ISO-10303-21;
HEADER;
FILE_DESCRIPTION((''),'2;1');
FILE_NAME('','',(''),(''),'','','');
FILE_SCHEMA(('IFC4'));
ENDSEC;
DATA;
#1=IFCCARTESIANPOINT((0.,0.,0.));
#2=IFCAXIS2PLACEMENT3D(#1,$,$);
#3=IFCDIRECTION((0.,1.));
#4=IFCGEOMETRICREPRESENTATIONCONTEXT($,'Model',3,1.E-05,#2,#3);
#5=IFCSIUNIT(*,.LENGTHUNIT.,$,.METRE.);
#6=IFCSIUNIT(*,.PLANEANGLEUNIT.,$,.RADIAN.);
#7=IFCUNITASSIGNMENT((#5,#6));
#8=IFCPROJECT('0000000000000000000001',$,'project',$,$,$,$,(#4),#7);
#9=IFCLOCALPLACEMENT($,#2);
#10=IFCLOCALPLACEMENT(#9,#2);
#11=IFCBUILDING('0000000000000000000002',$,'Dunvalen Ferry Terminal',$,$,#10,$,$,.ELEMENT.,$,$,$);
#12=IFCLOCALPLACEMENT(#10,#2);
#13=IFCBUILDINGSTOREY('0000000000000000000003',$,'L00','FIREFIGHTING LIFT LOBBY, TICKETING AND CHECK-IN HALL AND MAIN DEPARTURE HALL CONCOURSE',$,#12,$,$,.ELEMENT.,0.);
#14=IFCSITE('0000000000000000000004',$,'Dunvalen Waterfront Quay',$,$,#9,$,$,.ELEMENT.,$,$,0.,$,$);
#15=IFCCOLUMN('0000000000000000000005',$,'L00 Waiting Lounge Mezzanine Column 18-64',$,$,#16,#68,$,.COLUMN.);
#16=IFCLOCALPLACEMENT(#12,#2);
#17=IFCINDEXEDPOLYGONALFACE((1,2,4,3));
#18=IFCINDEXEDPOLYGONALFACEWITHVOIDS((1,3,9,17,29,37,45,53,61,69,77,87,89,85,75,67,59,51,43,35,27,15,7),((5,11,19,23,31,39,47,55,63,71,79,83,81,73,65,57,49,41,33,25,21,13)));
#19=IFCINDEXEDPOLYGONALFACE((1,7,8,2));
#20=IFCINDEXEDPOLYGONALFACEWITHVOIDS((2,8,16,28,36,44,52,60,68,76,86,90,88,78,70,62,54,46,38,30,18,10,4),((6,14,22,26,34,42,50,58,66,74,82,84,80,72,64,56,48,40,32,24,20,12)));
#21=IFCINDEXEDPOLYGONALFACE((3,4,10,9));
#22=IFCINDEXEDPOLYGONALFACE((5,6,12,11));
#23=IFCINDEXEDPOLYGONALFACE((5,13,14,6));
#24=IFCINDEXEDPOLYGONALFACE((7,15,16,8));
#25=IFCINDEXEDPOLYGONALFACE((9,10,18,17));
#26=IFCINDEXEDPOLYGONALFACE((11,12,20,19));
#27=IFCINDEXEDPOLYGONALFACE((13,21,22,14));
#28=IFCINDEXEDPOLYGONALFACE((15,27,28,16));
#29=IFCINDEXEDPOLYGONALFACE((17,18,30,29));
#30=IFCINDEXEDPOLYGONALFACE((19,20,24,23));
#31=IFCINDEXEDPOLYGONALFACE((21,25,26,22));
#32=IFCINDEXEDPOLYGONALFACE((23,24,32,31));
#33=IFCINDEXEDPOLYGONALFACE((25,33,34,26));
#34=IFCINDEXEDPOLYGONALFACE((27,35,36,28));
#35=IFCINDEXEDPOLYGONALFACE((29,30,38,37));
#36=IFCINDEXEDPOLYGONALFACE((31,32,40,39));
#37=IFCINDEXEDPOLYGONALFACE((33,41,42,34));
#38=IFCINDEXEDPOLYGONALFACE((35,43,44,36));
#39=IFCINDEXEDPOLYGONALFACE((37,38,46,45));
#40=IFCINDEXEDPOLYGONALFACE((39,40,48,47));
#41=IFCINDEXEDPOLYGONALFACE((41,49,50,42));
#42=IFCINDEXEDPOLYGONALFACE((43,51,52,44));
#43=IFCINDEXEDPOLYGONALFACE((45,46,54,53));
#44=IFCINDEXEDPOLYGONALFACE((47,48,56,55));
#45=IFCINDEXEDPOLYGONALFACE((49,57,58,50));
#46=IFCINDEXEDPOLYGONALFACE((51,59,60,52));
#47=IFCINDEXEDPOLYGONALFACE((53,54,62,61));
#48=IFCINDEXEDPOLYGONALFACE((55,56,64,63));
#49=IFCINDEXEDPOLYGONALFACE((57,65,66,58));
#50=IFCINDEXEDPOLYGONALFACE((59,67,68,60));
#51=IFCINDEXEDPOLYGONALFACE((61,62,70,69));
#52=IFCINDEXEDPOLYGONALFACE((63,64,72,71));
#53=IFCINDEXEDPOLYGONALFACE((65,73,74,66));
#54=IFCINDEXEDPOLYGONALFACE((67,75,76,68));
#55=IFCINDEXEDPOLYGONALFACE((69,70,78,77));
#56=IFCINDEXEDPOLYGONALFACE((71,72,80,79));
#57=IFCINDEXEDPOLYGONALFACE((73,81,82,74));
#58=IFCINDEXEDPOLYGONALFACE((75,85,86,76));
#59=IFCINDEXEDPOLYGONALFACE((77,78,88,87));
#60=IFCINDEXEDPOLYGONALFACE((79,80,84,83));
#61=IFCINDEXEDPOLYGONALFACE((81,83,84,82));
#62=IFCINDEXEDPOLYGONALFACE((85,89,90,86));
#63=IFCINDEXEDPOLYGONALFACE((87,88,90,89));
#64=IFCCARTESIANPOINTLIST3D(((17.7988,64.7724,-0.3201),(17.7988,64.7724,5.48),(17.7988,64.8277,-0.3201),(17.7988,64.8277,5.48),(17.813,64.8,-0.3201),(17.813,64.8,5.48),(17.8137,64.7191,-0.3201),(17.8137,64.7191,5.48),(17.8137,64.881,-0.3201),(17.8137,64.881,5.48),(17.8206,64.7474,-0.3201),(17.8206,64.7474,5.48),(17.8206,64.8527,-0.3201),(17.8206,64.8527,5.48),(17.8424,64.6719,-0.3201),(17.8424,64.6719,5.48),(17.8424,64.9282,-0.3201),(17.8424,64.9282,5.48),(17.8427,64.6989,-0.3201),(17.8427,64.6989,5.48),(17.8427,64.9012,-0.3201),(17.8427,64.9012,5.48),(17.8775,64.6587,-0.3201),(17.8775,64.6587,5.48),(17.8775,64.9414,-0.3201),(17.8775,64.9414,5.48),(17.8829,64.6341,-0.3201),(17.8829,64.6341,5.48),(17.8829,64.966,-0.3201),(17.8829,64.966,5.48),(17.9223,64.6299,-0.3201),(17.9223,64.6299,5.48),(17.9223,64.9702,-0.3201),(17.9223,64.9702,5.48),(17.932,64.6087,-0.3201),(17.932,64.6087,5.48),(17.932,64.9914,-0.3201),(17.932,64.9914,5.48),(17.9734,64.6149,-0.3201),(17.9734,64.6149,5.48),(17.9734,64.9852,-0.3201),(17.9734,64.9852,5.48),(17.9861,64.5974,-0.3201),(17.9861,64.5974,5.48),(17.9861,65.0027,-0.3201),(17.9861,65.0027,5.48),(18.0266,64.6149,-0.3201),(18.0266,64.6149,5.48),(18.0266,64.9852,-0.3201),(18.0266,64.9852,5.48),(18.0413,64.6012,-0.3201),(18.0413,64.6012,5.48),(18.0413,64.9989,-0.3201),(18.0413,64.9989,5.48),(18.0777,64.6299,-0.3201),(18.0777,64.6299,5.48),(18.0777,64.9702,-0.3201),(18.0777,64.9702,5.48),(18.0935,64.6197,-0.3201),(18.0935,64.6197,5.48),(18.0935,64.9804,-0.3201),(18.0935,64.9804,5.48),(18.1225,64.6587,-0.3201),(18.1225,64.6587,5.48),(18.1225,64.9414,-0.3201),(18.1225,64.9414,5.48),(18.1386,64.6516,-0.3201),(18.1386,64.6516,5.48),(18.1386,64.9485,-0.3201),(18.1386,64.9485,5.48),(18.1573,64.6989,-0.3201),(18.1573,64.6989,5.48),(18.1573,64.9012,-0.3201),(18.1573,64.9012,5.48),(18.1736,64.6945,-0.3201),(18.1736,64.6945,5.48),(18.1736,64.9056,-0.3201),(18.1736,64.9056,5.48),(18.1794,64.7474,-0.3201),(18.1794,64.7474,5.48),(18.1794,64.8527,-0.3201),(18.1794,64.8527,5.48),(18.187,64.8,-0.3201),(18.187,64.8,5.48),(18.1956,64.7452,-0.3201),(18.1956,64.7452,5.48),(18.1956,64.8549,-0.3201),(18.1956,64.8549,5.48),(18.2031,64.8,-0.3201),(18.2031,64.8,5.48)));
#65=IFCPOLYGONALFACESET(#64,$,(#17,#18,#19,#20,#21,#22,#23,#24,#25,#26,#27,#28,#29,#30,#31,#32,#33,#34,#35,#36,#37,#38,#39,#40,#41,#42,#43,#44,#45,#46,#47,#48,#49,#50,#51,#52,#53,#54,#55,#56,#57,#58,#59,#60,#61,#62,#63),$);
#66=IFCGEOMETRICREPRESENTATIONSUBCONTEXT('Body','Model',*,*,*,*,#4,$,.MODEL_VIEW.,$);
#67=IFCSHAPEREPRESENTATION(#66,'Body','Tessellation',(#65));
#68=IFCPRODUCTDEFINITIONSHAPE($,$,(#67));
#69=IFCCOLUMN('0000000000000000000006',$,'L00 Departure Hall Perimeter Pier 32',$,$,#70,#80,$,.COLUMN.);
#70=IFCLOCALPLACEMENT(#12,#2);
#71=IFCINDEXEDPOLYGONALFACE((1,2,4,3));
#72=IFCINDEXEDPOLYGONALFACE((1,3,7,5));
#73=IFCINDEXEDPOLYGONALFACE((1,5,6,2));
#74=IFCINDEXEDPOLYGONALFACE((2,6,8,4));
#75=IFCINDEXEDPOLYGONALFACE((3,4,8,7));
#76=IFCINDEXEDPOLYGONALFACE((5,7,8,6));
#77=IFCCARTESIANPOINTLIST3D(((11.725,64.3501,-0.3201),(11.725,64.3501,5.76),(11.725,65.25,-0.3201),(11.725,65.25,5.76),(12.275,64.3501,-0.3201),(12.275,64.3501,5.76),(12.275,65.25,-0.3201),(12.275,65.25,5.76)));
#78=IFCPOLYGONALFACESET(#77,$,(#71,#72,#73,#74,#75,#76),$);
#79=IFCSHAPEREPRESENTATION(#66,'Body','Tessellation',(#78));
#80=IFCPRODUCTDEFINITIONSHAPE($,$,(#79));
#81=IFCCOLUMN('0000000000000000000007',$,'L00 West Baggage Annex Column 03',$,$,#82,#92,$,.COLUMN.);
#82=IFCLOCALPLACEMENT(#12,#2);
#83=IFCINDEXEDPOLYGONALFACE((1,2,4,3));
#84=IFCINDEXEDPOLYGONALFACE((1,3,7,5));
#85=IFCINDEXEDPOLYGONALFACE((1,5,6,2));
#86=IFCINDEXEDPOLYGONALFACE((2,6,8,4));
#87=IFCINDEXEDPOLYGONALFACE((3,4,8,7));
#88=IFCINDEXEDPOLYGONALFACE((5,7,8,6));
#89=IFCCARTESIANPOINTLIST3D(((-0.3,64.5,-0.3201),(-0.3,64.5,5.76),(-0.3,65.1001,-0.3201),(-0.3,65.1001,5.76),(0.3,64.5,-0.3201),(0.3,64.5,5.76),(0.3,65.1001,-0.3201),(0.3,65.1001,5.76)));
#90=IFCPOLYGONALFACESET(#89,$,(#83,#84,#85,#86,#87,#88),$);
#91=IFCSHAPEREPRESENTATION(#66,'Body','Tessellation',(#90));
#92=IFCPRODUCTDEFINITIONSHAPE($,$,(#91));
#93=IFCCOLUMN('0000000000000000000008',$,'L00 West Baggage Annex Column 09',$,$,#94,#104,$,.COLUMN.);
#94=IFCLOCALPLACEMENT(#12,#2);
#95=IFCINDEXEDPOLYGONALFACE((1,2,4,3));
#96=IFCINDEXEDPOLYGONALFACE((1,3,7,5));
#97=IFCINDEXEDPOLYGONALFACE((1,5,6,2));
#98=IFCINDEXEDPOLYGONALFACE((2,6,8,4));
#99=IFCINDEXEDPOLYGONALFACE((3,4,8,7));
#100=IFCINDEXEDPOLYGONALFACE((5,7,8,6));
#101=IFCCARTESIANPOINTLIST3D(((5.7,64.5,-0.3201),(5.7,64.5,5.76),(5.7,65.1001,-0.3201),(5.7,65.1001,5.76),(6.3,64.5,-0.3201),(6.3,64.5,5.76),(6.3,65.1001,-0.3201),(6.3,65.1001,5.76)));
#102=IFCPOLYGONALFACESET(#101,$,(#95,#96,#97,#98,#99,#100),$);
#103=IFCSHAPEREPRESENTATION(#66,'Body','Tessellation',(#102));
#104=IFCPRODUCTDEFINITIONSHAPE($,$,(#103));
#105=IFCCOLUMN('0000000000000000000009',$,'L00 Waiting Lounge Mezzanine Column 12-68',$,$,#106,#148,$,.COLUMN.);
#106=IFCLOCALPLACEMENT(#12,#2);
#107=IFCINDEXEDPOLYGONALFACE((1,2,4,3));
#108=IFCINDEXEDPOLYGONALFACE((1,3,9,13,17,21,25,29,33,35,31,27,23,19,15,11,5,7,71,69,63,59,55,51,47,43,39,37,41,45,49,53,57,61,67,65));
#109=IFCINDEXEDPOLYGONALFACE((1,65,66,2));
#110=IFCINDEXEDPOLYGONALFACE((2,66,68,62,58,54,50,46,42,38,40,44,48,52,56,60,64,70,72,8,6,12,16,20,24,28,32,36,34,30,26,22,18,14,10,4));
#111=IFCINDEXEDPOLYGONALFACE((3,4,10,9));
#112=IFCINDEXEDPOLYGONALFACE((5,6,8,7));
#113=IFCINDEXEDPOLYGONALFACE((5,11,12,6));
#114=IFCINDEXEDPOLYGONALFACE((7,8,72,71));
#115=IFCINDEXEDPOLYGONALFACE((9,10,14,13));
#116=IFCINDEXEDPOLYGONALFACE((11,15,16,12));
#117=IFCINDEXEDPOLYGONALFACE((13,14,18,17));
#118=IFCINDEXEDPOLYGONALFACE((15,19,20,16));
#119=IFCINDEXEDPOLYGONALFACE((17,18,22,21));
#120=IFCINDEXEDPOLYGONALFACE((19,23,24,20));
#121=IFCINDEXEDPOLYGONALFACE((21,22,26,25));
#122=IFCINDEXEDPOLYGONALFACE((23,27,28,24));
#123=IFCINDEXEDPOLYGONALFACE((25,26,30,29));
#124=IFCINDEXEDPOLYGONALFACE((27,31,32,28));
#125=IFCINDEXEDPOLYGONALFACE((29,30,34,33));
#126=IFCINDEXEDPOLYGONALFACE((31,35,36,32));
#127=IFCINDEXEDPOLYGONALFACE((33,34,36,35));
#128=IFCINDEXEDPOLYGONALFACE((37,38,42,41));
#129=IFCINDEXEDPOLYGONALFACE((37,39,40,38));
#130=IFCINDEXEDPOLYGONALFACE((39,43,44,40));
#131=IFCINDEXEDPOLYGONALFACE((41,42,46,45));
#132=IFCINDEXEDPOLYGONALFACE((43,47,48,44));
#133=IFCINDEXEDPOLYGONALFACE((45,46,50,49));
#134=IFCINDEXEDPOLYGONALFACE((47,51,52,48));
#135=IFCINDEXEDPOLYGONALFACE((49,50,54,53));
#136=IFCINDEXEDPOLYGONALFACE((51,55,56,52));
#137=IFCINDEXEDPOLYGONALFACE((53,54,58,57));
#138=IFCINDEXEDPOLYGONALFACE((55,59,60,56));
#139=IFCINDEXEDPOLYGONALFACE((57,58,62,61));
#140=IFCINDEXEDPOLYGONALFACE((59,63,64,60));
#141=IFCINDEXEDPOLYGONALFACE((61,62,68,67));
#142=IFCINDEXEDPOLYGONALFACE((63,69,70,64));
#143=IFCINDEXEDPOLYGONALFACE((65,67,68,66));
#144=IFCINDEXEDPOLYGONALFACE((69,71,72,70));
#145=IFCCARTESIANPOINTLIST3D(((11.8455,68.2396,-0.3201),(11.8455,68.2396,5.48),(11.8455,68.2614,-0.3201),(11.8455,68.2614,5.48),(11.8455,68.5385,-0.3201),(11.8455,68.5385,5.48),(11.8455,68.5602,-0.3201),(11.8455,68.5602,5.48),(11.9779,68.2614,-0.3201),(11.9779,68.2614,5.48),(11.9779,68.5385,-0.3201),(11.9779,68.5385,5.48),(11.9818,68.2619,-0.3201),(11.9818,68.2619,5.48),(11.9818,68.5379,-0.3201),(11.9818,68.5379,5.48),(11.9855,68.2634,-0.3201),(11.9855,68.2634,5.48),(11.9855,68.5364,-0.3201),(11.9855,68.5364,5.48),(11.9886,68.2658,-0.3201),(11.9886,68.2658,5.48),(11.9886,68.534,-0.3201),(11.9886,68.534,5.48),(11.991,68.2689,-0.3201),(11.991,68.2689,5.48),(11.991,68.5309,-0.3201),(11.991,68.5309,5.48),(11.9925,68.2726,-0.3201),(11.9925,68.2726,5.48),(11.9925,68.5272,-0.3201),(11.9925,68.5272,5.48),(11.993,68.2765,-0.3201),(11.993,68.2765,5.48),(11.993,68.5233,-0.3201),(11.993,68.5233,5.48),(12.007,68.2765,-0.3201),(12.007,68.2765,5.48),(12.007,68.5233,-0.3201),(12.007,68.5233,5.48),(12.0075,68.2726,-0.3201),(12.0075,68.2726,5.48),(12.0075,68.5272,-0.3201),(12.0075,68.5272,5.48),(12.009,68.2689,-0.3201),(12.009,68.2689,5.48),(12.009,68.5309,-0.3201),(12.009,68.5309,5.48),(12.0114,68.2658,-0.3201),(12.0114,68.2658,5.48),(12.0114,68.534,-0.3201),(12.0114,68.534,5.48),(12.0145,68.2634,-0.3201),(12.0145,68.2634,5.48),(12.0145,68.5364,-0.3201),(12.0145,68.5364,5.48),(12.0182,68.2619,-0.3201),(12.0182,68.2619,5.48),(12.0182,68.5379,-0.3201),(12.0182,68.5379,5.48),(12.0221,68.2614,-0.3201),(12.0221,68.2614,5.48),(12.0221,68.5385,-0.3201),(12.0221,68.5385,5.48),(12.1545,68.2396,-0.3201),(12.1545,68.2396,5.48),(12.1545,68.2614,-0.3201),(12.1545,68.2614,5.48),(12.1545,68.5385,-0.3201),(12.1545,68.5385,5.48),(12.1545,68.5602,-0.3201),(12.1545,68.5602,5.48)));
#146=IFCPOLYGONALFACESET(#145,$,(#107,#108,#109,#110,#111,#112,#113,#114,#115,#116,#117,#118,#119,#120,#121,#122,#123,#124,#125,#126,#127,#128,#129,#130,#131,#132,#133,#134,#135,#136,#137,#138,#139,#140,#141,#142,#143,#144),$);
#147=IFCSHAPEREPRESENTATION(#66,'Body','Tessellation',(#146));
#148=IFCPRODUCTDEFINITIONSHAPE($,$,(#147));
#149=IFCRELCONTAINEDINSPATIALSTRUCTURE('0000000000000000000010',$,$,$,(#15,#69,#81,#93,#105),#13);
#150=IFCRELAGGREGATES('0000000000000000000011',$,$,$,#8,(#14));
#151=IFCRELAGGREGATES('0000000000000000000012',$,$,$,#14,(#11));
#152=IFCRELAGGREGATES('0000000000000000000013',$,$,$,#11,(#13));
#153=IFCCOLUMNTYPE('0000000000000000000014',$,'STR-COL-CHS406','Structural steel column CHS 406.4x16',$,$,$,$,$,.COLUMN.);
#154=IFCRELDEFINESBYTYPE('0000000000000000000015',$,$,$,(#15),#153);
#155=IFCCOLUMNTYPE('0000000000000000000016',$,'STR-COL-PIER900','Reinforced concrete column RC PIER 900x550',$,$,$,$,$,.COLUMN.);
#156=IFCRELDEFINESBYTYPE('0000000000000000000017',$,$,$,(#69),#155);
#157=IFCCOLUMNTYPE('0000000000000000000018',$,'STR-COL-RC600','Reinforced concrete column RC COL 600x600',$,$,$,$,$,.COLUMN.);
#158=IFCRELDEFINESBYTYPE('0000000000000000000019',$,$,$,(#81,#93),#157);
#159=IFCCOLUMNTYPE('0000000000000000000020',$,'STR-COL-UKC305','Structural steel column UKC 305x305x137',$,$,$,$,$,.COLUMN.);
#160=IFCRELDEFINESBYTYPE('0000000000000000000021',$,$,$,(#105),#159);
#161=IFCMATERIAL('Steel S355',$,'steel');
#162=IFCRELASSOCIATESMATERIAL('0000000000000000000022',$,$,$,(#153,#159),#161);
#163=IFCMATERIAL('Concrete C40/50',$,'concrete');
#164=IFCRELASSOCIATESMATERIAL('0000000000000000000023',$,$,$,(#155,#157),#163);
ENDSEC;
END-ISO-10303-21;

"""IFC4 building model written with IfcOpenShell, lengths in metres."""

from ifc_helpers import new_model, si_unit, direction, frame, origin, origin_2d, place, context, subcontext, project, spatial, rectangle, hollow_circle, i_section, extrude, material, material_profile, profile_set, type_object, element, save


model = new_model("IFC4")

# Units and contexts
model_context = context("Model", 3, precision=1e-05, world=origin(), true_north=direction((0.0, 1.0)))
body_context = subcontext(model_context, "Body", "Model", "MODEL_VIEW")
ifc_project = project(units=[si_unit("LENGTHUNIT", "METRE"), si_unit("PLANEANGLEUNIT", "RADIAN")], contexts=[model_context])

# Site, building, storey
site_placement = place(None, origin())
site = spatial("IfcSite", under=ifc_project, at=site_placement, Name="Dunvalen Waterfront Quay", CompositionType="ELEMENT", RefElevation=0.0)
building_placement = place(site_placement, origin())
building = spatial("IfcBuilding", under=site, at=building_placement, Name="Dunvalen Ferry Terminal", CompositionType="ELEMENT")
storey_placement = place(building_placement, origin())
storey = spatial("IfcBuildingStorey", under=building, at=storey_placement, Name="L00", Description="FIREFIGHTING LIFT LOBBY, TICKETING AND CHECK-IN HALL AND MAIN DEPARTURE HALL CONCOURSE", CompositionType="ELEMENT", Elevation=0.0)

# Shared definitions
ifc_material_1 = material(Name="Concrete C40/50", Category="concrete")

# Columns
ifc_material_2 = material(Name="Steel S355", Category="steel")
ifc_material_profile_1 = material_profile(ifc_material_2, hollow_circle(Radius=0.2031, WallThickness=0.0161, at=origin_2d()), Name="Steel S355")
ifc_profile_set_1 = profile_set([ifc_material_profile_1], Name="Steel S355")
column_type_1 = type_object("IfcColumnType", Name="STR-COL-CHS406", Description="Structural steel column CHS 406.4x16", PredefinedType="COLUMN", material=ifc_profile_set_1)
column_1_placement = place(storey_placement, frame((18.0, 64.8, -0.3201), z_axis=(0.0, 0.0, 1.0), x_axis=(1.0, 0.0, 0.0)))
element("IfcColumn", 1, at=column_1_placement, inside=storey, type_object=column_type_1, Name="L00 Waiting Lounge Mezzanine Column 18-64", PredefinedType="COLUMN", context=body_context, shape_type="SweptSolid", body=[
    extrude(hollow_circle(Radius=0.2031, WallThickness=0.0161, at=origin_2d()), origin(), (0.0, 0.0, 1.0), 5.8),
])
ifc_material_profile_2 = material_profile(ifc_material_1, rectangle(XDim=0.55, YDim=0.8999, at=origin_2d()), Name="Concrete C40/50")
ifc_profile_set_2 = profile_set([ifc_material_profile_2], Name="Concrete C40/50")
column_type_2 = type_object("IfcColumnType", Name="STR-COL-PIER900", Description="Reinforced concrete column RC PIER 900x550", PredefinedType="COLUMN", material=ifc_profile_set_2)
column_2_placement = place(storey_placement, frame((12.0, 64.8, -0.3201), z_axis=(0.0, 0.0, 1.0), x_axis=(1.0, 0.0, 0.0)))
element("IfcColumn", 2, at=column_2_placement, inside=storey, type_object=column_type_2, Name="L00 Departure Hall Perimeter Pier 32", PredefinedType="COLUMN", context=body_context, shape_type="SweptSolid", body=[
    extrude(rectangle(XDim=0.55, YDim=0.8999, at=origin_2d()), origin(), (0.0, 0.0, 1.0), 6.0801),
])
ifc_material_profile_3 = material_profile(ifc_material_1, rectangle(XDim=0.6001, YDim=0.6001, at=origin_2d()), Name="Concrete C40/50")
ifc_profile_set_3 = profile_set([ifc_material_profile_3], Name="Concrete C40/50")
column_type_3 = type_object("IfcColumnType", Name="STR-COL-RC600", Description="Reinforced concrete column RC COL 600x600", PredefinedType="COLUMN", material=ifc_profile_set_3)
for number, where, z_axis, x_axis, name in (
    (3, (0.0, 64.8, -0.3201), (0.0, 0.0, 1.0), (1.0, 0.0, 0.0), "L00 West Baggage Annex Column 03"),
    (4, (6.0, 64.8, -0.3201), (0.0, 0.0, 1.0), (1.0, 0.0, 0.0), "L00 West Baggage Annex Column 09"),
):
    element("IfcColumn", number, at=place(storey_placement, frame(where, z_axis=z_axis, x_axis=x_axis)), inside=storey, type_object=column_type_3, Name=name, PredefinedType="COLUMN", context=body_context, shape_type="SweptSolid", body=[
        extrude(rectangle(XDim=0.6001, YDim=0.6001, at=origin_2d()), origin(), (0.0, 0.0, 1.0), 6.0801),
    ])
ifc_material_profile_4 = material_profile(ifc_material_2, i_section(OverallWidth=0.3091, OverallDepth=0.3206, WebThickness=0.0139, FlangeThickness=0.0217, FilletRadius=0.0151, at=origin_2d()), Name="Steel S355")
ifc_profile_set_4 = profile_set([ifc_material_profile_4], Name="Steel S355")
column_type_4 = type_object("IfcColumnType", Name="STR-COL-UKC305", Description="Structural steel column UKC 305x305x137", PredefinedType="COLUMN", material=ifc_profile_set_4)
column_3_placement = place(storey_placement, frame((12.0, 68.3999, -0.3201), z_axis=(0.0, 0.0, 1.0), x_axis=(1.0, 0.0, 0.0)))
element("IfcColumn", 5, at=column_3_placement, inside=storey, type_object=column_type_4, Name="L00 Waiting Lounge Mezzanine Column 12-68", PredefinedType="COLUMN", context=body_context, shape_type="SweptSolid", body=[
    extrude(i_section(OverallWidth=0.3091, OverallDepth=0.3206, WebThickness=0.0139, FlangeThickness=0.0217, FilletRadius=0.0151, at=origin_2d()), origin(), (0.0, 0.0, 1.0), 5.8),
])

save(model, "model.ifc")
